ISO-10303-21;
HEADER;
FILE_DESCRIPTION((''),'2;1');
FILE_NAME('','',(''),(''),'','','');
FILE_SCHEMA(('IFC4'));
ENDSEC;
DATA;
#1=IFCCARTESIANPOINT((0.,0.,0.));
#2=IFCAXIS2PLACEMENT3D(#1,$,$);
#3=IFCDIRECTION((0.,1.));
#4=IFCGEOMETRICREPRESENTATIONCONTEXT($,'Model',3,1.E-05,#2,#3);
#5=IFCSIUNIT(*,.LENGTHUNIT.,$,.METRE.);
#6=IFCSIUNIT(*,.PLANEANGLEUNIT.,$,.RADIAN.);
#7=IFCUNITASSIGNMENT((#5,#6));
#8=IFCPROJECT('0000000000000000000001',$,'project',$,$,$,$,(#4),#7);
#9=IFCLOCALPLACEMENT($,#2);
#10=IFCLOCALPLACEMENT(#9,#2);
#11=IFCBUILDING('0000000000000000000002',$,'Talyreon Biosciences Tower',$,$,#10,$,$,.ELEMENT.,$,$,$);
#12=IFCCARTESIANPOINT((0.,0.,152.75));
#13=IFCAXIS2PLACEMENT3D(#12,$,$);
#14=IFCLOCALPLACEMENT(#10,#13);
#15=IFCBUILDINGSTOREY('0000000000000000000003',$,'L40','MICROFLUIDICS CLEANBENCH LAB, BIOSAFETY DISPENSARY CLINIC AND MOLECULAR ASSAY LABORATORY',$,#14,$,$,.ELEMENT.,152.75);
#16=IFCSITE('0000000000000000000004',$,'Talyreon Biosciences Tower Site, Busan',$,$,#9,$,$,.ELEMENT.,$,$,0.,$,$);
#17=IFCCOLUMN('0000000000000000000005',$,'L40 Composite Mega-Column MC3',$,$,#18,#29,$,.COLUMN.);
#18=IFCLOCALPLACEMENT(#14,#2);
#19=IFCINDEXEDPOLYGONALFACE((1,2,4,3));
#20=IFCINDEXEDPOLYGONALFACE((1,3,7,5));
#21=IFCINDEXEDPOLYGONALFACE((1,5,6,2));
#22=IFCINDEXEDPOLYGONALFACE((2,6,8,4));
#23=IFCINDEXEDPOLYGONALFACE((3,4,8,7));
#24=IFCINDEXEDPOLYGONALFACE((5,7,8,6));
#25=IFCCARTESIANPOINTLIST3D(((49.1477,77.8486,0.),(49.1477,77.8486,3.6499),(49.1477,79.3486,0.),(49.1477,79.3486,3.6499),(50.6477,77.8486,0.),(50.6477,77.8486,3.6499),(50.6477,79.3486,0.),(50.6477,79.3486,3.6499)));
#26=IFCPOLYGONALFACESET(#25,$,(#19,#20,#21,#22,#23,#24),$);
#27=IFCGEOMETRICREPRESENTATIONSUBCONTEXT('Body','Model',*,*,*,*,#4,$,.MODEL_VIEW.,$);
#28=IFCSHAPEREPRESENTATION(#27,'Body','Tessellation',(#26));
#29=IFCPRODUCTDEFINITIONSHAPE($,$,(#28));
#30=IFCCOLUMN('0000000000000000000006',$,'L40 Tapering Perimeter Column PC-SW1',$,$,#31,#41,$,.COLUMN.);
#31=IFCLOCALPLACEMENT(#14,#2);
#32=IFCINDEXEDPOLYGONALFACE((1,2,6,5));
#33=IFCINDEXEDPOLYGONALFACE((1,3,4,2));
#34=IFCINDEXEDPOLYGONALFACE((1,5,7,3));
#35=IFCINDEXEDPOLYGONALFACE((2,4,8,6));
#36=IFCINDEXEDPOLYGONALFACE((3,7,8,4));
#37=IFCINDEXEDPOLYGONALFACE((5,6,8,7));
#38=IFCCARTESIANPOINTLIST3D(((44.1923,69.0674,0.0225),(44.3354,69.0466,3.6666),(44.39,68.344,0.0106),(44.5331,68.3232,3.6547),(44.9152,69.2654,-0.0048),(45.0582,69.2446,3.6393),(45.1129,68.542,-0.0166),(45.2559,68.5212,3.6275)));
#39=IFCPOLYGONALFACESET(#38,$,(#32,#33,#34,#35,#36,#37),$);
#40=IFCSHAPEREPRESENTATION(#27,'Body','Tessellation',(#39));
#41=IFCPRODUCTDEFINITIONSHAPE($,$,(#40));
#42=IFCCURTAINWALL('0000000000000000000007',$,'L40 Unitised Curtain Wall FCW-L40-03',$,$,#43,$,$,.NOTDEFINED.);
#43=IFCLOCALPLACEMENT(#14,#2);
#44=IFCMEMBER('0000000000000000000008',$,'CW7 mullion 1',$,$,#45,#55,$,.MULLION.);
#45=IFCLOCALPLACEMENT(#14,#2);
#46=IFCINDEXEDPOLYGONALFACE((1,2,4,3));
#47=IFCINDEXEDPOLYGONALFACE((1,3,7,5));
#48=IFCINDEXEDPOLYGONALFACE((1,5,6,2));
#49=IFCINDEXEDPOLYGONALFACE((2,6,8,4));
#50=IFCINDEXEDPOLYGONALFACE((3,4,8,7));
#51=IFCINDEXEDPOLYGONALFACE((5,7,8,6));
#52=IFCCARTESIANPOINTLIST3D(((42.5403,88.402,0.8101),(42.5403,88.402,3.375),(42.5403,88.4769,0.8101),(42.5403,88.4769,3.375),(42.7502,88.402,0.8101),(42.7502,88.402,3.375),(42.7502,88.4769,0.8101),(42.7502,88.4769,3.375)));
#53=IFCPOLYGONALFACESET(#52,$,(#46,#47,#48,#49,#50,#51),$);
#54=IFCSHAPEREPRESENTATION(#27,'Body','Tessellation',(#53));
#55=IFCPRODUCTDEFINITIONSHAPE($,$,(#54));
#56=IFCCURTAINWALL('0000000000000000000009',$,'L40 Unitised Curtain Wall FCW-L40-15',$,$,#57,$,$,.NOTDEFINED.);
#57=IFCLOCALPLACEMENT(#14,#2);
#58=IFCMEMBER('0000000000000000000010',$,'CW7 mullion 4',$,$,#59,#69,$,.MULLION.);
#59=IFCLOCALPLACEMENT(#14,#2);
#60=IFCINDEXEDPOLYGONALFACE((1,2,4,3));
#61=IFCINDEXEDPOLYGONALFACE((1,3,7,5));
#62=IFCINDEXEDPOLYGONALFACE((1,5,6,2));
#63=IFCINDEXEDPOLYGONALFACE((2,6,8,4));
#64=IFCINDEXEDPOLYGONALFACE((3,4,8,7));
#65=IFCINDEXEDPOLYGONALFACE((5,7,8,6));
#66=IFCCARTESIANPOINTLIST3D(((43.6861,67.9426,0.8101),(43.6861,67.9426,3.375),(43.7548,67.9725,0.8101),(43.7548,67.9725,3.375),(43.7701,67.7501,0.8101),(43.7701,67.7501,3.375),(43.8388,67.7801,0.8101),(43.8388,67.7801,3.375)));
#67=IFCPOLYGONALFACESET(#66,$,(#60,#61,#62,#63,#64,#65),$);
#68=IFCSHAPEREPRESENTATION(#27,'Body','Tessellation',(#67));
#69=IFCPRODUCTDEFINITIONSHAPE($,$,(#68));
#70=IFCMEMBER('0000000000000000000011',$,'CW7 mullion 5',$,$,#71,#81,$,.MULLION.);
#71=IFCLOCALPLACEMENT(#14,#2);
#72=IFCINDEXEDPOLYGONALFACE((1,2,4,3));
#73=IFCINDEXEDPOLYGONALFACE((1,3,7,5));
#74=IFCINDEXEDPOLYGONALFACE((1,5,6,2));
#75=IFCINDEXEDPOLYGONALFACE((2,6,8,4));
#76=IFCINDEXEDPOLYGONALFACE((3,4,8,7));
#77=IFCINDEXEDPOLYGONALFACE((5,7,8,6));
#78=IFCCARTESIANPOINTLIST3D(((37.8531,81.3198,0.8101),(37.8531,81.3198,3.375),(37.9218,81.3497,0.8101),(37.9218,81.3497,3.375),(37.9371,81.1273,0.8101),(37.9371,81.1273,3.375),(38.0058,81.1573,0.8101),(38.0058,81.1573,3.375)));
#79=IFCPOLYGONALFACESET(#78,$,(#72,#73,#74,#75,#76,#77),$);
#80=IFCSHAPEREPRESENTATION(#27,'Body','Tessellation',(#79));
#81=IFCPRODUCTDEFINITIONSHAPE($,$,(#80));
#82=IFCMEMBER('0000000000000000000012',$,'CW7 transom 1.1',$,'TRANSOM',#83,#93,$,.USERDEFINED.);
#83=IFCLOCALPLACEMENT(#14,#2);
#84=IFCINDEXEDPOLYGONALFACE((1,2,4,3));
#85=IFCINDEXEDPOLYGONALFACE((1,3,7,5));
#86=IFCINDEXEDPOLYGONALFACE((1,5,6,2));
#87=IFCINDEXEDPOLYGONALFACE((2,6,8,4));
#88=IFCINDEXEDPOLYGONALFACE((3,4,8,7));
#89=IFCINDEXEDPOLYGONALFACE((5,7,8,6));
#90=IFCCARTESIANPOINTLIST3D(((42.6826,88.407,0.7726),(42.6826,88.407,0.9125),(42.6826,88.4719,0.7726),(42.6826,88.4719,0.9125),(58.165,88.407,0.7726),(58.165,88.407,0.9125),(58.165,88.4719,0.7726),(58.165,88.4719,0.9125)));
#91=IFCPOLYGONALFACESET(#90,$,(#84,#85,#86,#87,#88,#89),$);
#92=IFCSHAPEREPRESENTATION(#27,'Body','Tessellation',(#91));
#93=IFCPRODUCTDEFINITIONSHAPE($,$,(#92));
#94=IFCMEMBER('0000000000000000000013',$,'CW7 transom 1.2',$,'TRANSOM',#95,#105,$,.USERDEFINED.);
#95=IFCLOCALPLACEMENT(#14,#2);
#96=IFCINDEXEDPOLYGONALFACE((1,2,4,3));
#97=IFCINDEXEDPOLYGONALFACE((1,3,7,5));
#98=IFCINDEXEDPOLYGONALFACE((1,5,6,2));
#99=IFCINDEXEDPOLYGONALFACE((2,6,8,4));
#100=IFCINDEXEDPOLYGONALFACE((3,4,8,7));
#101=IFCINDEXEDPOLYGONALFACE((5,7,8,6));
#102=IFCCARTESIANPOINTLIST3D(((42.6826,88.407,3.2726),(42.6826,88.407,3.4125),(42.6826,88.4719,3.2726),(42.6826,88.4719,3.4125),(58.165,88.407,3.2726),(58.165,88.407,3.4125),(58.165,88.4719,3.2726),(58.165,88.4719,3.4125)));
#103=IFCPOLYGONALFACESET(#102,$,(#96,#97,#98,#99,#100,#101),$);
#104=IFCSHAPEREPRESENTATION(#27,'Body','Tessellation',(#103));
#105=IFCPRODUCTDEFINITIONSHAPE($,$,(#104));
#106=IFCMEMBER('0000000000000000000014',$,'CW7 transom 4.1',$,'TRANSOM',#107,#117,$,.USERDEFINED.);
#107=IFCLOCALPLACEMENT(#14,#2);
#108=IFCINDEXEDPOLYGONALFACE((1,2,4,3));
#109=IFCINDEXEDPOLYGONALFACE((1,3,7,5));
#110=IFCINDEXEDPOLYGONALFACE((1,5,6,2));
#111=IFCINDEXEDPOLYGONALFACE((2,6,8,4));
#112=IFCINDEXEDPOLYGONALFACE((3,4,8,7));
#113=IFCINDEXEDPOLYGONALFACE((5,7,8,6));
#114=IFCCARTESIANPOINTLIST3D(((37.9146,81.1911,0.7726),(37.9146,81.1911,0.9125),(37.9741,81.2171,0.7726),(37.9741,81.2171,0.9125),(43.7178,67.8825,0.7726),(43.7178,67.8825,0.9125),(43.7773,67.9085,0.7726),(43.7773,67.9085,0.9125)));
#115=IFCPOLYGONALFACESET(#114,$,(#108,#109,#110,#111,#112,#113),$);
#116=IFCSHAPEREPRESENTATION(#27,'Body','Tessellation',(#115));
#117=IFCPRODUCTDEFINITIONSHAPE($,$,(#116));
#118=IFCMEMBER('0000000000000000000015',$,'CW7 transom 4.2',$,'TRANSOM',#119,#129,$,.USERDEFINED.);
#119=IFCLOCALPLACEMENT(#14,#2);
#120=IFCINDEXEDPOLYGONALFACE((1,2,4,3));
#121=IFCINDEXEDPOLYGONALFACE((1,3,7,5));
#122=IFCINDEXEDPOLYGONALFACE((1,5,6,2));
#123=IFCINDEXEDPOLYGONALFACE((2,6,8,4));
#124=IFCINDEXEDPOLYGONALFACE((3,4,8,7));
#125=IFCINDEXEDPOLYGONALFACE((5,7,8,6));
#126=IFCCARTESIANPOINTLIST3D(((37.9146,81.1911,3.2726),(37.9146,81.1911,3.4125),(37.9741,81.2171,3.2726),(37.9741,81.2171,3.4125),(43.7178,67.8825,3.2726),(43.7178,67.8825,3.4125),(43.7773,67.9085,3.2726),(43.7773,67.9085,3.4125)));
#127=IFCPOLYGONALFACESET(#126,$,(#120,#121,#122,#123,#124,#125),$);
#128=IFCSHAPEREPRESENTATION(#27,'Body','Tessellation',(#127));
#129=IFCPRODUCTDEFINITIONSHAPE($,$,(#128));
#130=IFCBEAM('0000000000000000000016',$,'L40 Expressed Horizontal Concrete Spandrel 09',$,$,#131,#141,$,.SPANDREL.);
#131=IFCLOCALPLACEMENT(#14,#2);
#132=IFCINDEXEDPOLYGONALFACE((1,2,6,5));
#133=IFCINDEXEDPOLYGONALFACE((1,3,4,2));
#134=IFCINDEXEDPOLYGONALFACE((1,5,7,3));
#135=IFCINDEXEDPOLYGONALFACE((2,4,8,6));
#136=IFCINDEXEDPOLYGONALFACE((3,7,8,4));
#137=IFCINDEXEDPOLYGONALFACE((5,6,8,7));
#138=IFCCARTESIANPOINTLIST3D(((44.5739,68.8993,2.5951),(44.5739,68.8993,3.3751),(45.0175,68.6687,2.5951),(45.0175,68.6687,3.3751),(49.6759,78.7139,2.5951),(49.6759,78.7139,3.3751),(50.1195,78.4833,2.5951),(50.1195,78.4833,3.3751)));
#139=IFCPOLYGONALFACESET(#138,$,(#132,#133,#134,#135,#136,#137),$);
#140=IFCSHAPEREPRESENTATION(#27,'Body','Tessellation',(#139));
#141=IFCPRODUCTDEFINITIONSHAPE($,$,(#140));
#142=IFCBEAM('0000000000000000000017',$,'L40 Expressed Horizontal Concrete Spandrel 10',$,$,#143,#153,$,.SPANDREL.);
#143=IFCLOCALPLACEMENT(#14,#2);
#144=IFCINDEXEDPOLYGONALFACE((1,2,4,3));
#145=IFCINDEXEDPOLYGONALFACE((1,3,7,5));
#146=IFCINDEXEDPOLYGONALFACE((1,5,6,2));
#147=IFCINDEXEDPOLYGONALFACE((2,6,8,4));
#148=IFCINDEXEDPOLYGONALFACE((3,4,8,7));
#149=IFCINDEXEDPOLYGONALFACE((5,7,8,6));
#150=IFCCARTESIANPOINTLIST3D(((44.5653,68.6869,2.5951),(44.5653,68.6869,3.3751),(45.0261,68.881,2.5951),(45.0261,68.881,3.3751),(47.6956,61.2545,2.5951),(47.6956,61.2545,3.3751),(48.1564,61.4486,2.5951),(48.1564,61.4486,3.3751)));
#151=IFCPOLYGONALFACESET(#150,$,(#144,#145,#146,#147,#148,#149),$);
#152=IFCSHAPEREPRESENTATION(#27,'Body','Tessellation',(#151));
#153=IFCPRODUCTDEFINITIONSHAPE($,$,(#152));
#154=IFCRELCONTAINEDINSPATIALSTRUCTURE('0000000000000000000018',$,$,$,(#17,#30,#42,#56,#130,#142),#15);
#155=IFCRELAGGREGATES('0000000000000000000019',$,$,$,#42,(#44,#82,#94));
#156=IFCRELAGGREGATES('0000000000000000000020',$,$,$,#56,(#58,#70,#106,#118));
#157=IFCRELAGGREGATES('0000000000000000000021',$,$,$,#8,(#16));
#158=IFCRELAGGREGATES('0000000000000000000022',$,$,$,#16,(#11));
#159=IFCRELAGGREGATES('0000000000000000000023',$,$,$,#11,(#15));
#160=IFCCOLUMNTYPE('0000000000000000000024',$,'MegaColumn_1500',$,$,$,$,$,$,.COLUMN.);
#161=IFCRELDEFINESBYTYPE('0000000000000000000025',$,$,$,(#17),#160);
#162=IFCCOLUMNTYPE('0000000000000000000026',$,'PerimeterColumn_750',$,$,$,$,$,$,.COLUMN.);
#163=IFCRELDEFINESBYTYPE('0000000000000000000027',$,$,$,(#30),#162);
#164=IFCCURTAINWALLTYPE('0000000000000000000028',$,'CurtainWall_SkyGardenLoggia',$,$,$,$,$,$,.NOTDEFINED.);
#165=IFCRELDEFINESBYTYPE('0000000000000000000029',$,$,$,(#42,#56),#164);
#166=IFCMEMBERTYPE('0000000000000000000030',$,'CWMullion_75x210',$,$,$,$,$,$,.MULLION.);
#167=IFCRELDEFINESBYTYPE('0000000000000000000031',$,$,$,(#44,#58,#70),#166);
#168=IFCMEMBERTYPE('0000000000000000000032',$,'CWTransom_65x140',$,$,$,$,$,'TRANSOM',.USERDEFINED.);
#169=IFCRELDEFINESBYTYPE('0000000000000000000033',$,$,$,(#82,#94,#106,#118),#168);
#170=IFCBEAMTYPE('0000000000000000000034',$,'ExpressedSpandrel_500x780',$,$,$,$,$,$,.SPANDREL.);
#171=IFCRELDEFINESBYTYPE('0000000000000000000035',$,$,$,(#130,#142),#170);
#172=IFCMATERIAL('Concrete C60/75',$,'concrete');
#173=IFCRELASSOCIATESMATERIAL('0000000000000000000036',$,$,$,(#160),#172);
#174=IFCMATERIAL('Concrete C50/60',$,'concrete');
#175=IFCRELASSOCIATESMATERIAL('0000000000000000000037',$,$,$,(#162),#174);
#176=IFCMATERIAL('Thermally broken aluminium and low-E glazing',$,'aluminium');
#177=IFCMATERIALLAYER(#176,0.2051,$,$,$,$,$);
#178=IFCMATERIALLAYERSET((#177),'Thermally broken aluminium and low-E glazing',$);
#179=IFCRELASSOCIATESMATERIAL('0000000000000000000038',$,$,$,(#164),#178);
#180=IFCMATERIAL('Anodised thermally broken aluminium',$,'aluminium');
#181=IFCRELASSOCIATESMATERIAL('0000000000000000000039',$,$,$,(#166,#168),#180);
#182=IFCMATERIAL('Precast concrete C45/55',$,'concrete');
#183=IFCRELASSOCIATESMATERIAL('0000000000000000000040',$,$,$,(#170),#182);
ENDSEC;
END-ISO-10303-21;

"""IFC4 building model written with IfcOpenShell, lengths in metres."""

from ifc_helpers import new_model, si_unit, direction, frame, origin, origin_2d, place, context, subcontext, project, spatial, rectangle, extrude, material, layer, layer_set, material_profile, profile_set, type_object, element, aggregate, save


model = new_model("IFC4")

# Units and contexts
model_context = context("Model", 3, precision=1e-05, world=origin(), true_north=direction((0.0, 1.0)))
body_context = subcontext(model_context, "Body", "Model", "MODEL_VIEW")
ifc_project = project(units=[si_unit("LENGTHUNIT", "METRE"), si_unit("PLANEANGLEUNIT", "RADIAN")], contexts=[model_context])

# Site, building, storey
site_placement = place(None, origin())
site = spatial("IfcSite", under=ifc_project, at=site_placement, Name="Talyreon Biosciences Tower Site, Busan", CompositionType="ELEMENT", RefElevation=0.0)
building_placement = place(site_placement, origin())
building = spatial("IfcBuilding", under=site, at=building_placement, Name="Talyreon Biosciences Tower", CompositionType="ELEMENT")
storey_placement = place(building_placement, frame((0.0, 0.0, 152.75)))
storey = spatial("IfcBuildingStorey", under=building, at=storey_placement, Name="L40", Description="MICROFLUIDICS CLEANBENCH LAB, BIOSAFETY DISPENSARY CLINIC AND MOLECULAR ASSAY LABORATORY", CompositionType="ELEMENT", Elevation=152.75)

# Columns
ifc_material_1 = material(Name="Concrete C60/75", Category="concrete")
ifc_material_profile_1 = material_profile(ifc_material_1, rectangle(XDim=1.5, YDim=1.5, at=origin_2d()), Name="RC 1500x1500")
ifc_profile_set_1 = profile_set([ifc_material_profile_1], Name="Concrete C60/75")
column_type_1 = type_object("IfcColumnType", Name="MegaColumn_1500", PredefinedType="COLUMN", material=ifc_profile_set_1)
column_1_placement = place(storey_placement, frame((49.8977, 78.5986, 0.0), z_axis=(0.0, 0.0, 1.0), x_axis=(1.0, 0.0, 0.0)))
element("IfcColumn", 1, at=column_1_placement, inside=storey, type_object=column_type_1, Name="L40 Composite Mega-Column MC3", PredefinedType="COLUMN", context=body_context, shape_type="SweptSolid", body=[
    extrude(rectangle(XDim=1.5, YDim=1.5, at=origin_2d()), origin(), (0.0, 0.0, 1.0), 3.6499),
])
ifc_material_2 = material(Name="Concrete C50/60", Category="concrete")
ifc_material_profile_2 = material_profile(ifc_material_2, rectangle(XDim=0.75, YDim=0.75, at=origin_2d()), Name="RC 750x750")
ifc_profile_set_2 = profile_set([ifc_material_profile_2], Name="Concrete C50/60")
column_type_2 = type_object("IfcColumnType", Name="PerimeterColumn_750", PredefinedType="COLUMN", material=ifc_profile_set_2)
column_2_placement = place(storey_placement, frame((44.6526, 68.8047, 0.0029), z_axis=(0.039229, -0.00569, 0.999214), x_axis=(0.963836, 0.264006, -0.036337)))
element("IfcColumn", 2, at=column_2_placement, inside=storey, type_object=column_type_2, Name="L40 Tapering Perimeter Column PC-SW1", PredefinedType="COLUMN", context=body_context, shape_type="SweptSolid", body=[
    extrude(rectangle(XDim=0.75, YDim=0.75, at=origin_2d()), origin(), (0.0, 0.0, 1.0), 3.647),
])

# Curtain wall, member
ifc_material_3 = material(Name="Thermally broken aluminium and low-E glazing", Category="aluminium")
ifc_layer_1 = layer(ifc_material_3, 0.2051)
ifc_layer_set_1 = layer_set([ifc_layer_1], Name="Thermally broken aluminium and low-E glazing")
curtain_wall_type = type_object("IfcCurtainWallType", Name="CurtainWall_SkyGardenLoggia", PredefinedType="NOTDEFINED", material=ifc_layer_set_1)
curtain_wall_1_placement = place(storey_placement, origin())
curtain_wall_1 = element("IfcCurtainWall", 3, at=curtain_wall_1_placement, inside=storey, type_object=curtain_wall_type, Name="L40 Unitised Curtain Wall FCW-L40-03", PredefinedType="NOTDEFINED")
ifc_material_4 = material(Name="Anodised thermally broken aluminium", Category="aluminium")
ifc_material_profile_3 = material_profile(ifc_material_4, rectangle(XDim=0.075, YDim=0.21, at=origin_2d()), Name="ALUM MULLION 75x210")
ifc_profile_set_3 = profile_set([ifc_material_profile_3], Name="Anodised thermally broken aluminium")
member_type_1 = type_object("IfcMemberType", Name="CWMullion_75x210", PredefinedType="MULLION", material=ifc_profile_set_3)
member_1_placement = place(storey_placement, frame((42.6453, 88.4395, 0.8101), z_axis=(0.0, 0.0, 1.0), x_axis=(0.0, 1.0, 0.0)))
member_1 = element("IfcMember", 4, at=member_1_placement, type_object=member_type_1, Name="CW7 mullion 1", PredefinedType="MULLION", context=body_context, shape_type="SweptSolid", body=[
    extrude(rectangle(XDim=0.075, YDim=0.21, at=origin_2d()), origin(), (0.0, 0.0, 1.0), 2.5649),
])

# Curtain wall, members
curtain_wall_2_placement = place(storey_placement, origin())
curtain_wall_2 = element("IfcCurtainWall", 5, at=curtain_wall_2_placement, inside=storey, type_object=curtain_wall_type, Name="L40 Unitised Curtain Wall FCW-L40-15", PredefinedType="NOTDEFINED")
member_2_placement = place(storey_placement, frame((43.7625, 67.8613, 0.8101), z_axis=(0.0, 0.0, 1.0), x_axis=(-0.916647, -0.399698, 0.0)))
member_2 = element("IfcMember", 6, at=member_2_placement, type_object=member_type_1, Name="CW7 mullion 4", PredefinedType="MULLION", context=body_context, shape_type="SweptSolid", body=[
    extrude(rectangle(XDim=0.075, YDim=0.21, at=origin_2d()), origin(), (0.0, 0.0, 1.0), 2.5649),
])
member_3_placement = place(storey_placement, frame((37.9294, 81.2385, 0.8101), z_axis=(0.0, 0.0, 1.0), x_axis=(-0.916647, -0.399698, 0.0)))
member_3 = element("IfcMember", 7, at=member_3_placement, type_object=member_type_1, Name="CW7 mullion 5", PredefinedType="MULLION", context=body_context, shape_type="SweptSolid", body=[
    extrude(rectangle(XDim=0.075, YDim=0.21, at=origin_2d()), origin(), (0.0, 0.0, 1.0), 2.5649),
])

# Members
ifc_material_profile_4 = material_profile(ifc_material_4, rectangle(XDim=0.0649, YDim=0.1399, at=origin_2d()), Name="ALUM TRANSOM 65x140")
ifc_profile_set_4 = profile_set([ifc_material_profile_4], Name="Anodised thermally broken aluminium")
member_type_2 = type_object("IfcMemberType", Name="CWTransom_65x140", ElementType="TRANSOM", PredefinedType="USERDEFINED", material=ifc_profile_set_4)
member_4_placement = place(storey_placement, frame((42.6826, 88.4395, 0.8425), z_axis=(1.0, 0.0, 0.0), x_axis=(0.0, 1.0, 0.0)))
member_4 = element("IfcMember", 8, at=member_4_placement, type_object=member_type_2, Name="CW7 transom 1.1", ObjectType="TRANSOM", PredefinedType="USERDEFINED", context=body_context, shape_type="SweptSolid", body=[
    extrude(rectangle(XDim=0.0649, YDim=0.1399, at=origin_2d()), origin(), (0.0, 0.0, 1.0), 15.4824),
])
member_5_placement = place(storey_placement, frame((42.6826, 88.4395, 3.3425), z_axis=(1.0, 0.0, 0.0), x_axis=(0.0, 1.0, 0.0)))
member_5 = element("IfcMember", 9, at=member_5_placement, type_object=member_type_2, Name="CW7 transom 1.2", ObjectType="TRANSOM", PredefinedType="USERDEFINED", context=body_context, shape_type="SweptSolid", body=[
    extrude(rectangle(XDim=0.0649, YDim=0.1399, at=origin_2d()), origin(), (0.0, 0.0, 1.0), 15.4824),
])
aggregate(curtain_wall_1, [member_1, member_4, member_5])
member_6_placement = place(storey_placement, frame((43.7476, 67.8955, 0.8425), z_axis=(-0.399704, 0.916644, 0.0), x_axis=(-0.916644, -0.399704, 0.0)))
member_6 = element("IfcMember", 10, at=member_6_placement, type_object=member_type_2, Name="CW7 transom 4.1", ObjectType="TRANSOM", PredefinedType="USERDEFINED", context=body_context, shape_type="SweptSolid", body=[
    extrude(rectangle(XDim=0.0649, YDim=0.1399, at=origin_2d()), origin(), (0.0, 0.0, 1.0), 14.5188),
])
member_7_placement = place(storey_placement, frame((43.7476, 67.8955, 3.3425), z_axis=(-0.399704, 0.916644, 0.0), x_axis=(-0.916644, -0.399704, 0.0)))
member_7 = element("IfcMember", 11, at=member_7_placement, type_object=member_type_2, Name="CW7 transom 4.2", ObjectType="TRANSOM", PredefinedType="USERDEFINED", context=body_context, shape_type="SweptSolid", body=[
    extrude(rectangle(XDim=0.0649, YDim=0.1399, at=origin_2d()), origin(), (0.0, 0.0, 1.0), 14.5188),
])

# Beams
ifc_material_5 = material(Name="Precast concrete C45/55", Category="concrete")
ifc_material_profile_5 = material_profile(ifc_material_5, rectangle(XDim=0.5, YDim=0.78, at=origin_2d()), Name="RCB 500x780")
ifc_profile_set_5 = profile_set([ifc_material_profile_5], Name="Precast concrete C45/55")
beam_type_1 = type_object("IfcBeamType", Name="ExpressedSpandrel_500x780", PredefinedType="SPANDREL", material=ifc_profile_set_5)
beam_1_placement = place(storey_placement, frame((49.8977, 78.5986, 2.9851), z_axis=(-0.461239, -0.887276, 0.0), x_axis=(0.887276, -0.461239, 0.0)))
element("IfcBeam", 12, at=beam_1_placement, inside=storey, type_object=beam_type_1, Name="L40 Expressed Horizontal Concrete Spandrel 09", PredefinedType="SPANDREL", context=body_context, shape_type="SweptSolid", body=[
    extrude(rectangle(XDim=0.5, YDim=0.78, at=origin_2d()), origin(), (0.0, 0.0, 1.0), 11.0615),
])
beam_2_placement = place(storey_placement, frame((44.7957, 68.7839, 2.9851), z_axis=(0.388157, -0.921593, 0.0), x_axis=(0.921593, 0.388157, 0.0)))
element("IfcBeam", 13, at=beam_2_placement, inside=storey, type_object=beam_type_1, Name="L40 Expressed Horizontal Concrete Spandrel 10", PredefinedType="SPANDREL", context=body_context, shape_type="SweptSolid", body=[
    extrude(rectangle(XDim=0.5, YDim=0.78, at=origin_2d()), origin(), (0.0, 0.0, 1.0), 8.0647),
])

aggregate(curtain_wall_2, [member_2, member_3, member_6, member_7])

save(model, "model.ifc")
